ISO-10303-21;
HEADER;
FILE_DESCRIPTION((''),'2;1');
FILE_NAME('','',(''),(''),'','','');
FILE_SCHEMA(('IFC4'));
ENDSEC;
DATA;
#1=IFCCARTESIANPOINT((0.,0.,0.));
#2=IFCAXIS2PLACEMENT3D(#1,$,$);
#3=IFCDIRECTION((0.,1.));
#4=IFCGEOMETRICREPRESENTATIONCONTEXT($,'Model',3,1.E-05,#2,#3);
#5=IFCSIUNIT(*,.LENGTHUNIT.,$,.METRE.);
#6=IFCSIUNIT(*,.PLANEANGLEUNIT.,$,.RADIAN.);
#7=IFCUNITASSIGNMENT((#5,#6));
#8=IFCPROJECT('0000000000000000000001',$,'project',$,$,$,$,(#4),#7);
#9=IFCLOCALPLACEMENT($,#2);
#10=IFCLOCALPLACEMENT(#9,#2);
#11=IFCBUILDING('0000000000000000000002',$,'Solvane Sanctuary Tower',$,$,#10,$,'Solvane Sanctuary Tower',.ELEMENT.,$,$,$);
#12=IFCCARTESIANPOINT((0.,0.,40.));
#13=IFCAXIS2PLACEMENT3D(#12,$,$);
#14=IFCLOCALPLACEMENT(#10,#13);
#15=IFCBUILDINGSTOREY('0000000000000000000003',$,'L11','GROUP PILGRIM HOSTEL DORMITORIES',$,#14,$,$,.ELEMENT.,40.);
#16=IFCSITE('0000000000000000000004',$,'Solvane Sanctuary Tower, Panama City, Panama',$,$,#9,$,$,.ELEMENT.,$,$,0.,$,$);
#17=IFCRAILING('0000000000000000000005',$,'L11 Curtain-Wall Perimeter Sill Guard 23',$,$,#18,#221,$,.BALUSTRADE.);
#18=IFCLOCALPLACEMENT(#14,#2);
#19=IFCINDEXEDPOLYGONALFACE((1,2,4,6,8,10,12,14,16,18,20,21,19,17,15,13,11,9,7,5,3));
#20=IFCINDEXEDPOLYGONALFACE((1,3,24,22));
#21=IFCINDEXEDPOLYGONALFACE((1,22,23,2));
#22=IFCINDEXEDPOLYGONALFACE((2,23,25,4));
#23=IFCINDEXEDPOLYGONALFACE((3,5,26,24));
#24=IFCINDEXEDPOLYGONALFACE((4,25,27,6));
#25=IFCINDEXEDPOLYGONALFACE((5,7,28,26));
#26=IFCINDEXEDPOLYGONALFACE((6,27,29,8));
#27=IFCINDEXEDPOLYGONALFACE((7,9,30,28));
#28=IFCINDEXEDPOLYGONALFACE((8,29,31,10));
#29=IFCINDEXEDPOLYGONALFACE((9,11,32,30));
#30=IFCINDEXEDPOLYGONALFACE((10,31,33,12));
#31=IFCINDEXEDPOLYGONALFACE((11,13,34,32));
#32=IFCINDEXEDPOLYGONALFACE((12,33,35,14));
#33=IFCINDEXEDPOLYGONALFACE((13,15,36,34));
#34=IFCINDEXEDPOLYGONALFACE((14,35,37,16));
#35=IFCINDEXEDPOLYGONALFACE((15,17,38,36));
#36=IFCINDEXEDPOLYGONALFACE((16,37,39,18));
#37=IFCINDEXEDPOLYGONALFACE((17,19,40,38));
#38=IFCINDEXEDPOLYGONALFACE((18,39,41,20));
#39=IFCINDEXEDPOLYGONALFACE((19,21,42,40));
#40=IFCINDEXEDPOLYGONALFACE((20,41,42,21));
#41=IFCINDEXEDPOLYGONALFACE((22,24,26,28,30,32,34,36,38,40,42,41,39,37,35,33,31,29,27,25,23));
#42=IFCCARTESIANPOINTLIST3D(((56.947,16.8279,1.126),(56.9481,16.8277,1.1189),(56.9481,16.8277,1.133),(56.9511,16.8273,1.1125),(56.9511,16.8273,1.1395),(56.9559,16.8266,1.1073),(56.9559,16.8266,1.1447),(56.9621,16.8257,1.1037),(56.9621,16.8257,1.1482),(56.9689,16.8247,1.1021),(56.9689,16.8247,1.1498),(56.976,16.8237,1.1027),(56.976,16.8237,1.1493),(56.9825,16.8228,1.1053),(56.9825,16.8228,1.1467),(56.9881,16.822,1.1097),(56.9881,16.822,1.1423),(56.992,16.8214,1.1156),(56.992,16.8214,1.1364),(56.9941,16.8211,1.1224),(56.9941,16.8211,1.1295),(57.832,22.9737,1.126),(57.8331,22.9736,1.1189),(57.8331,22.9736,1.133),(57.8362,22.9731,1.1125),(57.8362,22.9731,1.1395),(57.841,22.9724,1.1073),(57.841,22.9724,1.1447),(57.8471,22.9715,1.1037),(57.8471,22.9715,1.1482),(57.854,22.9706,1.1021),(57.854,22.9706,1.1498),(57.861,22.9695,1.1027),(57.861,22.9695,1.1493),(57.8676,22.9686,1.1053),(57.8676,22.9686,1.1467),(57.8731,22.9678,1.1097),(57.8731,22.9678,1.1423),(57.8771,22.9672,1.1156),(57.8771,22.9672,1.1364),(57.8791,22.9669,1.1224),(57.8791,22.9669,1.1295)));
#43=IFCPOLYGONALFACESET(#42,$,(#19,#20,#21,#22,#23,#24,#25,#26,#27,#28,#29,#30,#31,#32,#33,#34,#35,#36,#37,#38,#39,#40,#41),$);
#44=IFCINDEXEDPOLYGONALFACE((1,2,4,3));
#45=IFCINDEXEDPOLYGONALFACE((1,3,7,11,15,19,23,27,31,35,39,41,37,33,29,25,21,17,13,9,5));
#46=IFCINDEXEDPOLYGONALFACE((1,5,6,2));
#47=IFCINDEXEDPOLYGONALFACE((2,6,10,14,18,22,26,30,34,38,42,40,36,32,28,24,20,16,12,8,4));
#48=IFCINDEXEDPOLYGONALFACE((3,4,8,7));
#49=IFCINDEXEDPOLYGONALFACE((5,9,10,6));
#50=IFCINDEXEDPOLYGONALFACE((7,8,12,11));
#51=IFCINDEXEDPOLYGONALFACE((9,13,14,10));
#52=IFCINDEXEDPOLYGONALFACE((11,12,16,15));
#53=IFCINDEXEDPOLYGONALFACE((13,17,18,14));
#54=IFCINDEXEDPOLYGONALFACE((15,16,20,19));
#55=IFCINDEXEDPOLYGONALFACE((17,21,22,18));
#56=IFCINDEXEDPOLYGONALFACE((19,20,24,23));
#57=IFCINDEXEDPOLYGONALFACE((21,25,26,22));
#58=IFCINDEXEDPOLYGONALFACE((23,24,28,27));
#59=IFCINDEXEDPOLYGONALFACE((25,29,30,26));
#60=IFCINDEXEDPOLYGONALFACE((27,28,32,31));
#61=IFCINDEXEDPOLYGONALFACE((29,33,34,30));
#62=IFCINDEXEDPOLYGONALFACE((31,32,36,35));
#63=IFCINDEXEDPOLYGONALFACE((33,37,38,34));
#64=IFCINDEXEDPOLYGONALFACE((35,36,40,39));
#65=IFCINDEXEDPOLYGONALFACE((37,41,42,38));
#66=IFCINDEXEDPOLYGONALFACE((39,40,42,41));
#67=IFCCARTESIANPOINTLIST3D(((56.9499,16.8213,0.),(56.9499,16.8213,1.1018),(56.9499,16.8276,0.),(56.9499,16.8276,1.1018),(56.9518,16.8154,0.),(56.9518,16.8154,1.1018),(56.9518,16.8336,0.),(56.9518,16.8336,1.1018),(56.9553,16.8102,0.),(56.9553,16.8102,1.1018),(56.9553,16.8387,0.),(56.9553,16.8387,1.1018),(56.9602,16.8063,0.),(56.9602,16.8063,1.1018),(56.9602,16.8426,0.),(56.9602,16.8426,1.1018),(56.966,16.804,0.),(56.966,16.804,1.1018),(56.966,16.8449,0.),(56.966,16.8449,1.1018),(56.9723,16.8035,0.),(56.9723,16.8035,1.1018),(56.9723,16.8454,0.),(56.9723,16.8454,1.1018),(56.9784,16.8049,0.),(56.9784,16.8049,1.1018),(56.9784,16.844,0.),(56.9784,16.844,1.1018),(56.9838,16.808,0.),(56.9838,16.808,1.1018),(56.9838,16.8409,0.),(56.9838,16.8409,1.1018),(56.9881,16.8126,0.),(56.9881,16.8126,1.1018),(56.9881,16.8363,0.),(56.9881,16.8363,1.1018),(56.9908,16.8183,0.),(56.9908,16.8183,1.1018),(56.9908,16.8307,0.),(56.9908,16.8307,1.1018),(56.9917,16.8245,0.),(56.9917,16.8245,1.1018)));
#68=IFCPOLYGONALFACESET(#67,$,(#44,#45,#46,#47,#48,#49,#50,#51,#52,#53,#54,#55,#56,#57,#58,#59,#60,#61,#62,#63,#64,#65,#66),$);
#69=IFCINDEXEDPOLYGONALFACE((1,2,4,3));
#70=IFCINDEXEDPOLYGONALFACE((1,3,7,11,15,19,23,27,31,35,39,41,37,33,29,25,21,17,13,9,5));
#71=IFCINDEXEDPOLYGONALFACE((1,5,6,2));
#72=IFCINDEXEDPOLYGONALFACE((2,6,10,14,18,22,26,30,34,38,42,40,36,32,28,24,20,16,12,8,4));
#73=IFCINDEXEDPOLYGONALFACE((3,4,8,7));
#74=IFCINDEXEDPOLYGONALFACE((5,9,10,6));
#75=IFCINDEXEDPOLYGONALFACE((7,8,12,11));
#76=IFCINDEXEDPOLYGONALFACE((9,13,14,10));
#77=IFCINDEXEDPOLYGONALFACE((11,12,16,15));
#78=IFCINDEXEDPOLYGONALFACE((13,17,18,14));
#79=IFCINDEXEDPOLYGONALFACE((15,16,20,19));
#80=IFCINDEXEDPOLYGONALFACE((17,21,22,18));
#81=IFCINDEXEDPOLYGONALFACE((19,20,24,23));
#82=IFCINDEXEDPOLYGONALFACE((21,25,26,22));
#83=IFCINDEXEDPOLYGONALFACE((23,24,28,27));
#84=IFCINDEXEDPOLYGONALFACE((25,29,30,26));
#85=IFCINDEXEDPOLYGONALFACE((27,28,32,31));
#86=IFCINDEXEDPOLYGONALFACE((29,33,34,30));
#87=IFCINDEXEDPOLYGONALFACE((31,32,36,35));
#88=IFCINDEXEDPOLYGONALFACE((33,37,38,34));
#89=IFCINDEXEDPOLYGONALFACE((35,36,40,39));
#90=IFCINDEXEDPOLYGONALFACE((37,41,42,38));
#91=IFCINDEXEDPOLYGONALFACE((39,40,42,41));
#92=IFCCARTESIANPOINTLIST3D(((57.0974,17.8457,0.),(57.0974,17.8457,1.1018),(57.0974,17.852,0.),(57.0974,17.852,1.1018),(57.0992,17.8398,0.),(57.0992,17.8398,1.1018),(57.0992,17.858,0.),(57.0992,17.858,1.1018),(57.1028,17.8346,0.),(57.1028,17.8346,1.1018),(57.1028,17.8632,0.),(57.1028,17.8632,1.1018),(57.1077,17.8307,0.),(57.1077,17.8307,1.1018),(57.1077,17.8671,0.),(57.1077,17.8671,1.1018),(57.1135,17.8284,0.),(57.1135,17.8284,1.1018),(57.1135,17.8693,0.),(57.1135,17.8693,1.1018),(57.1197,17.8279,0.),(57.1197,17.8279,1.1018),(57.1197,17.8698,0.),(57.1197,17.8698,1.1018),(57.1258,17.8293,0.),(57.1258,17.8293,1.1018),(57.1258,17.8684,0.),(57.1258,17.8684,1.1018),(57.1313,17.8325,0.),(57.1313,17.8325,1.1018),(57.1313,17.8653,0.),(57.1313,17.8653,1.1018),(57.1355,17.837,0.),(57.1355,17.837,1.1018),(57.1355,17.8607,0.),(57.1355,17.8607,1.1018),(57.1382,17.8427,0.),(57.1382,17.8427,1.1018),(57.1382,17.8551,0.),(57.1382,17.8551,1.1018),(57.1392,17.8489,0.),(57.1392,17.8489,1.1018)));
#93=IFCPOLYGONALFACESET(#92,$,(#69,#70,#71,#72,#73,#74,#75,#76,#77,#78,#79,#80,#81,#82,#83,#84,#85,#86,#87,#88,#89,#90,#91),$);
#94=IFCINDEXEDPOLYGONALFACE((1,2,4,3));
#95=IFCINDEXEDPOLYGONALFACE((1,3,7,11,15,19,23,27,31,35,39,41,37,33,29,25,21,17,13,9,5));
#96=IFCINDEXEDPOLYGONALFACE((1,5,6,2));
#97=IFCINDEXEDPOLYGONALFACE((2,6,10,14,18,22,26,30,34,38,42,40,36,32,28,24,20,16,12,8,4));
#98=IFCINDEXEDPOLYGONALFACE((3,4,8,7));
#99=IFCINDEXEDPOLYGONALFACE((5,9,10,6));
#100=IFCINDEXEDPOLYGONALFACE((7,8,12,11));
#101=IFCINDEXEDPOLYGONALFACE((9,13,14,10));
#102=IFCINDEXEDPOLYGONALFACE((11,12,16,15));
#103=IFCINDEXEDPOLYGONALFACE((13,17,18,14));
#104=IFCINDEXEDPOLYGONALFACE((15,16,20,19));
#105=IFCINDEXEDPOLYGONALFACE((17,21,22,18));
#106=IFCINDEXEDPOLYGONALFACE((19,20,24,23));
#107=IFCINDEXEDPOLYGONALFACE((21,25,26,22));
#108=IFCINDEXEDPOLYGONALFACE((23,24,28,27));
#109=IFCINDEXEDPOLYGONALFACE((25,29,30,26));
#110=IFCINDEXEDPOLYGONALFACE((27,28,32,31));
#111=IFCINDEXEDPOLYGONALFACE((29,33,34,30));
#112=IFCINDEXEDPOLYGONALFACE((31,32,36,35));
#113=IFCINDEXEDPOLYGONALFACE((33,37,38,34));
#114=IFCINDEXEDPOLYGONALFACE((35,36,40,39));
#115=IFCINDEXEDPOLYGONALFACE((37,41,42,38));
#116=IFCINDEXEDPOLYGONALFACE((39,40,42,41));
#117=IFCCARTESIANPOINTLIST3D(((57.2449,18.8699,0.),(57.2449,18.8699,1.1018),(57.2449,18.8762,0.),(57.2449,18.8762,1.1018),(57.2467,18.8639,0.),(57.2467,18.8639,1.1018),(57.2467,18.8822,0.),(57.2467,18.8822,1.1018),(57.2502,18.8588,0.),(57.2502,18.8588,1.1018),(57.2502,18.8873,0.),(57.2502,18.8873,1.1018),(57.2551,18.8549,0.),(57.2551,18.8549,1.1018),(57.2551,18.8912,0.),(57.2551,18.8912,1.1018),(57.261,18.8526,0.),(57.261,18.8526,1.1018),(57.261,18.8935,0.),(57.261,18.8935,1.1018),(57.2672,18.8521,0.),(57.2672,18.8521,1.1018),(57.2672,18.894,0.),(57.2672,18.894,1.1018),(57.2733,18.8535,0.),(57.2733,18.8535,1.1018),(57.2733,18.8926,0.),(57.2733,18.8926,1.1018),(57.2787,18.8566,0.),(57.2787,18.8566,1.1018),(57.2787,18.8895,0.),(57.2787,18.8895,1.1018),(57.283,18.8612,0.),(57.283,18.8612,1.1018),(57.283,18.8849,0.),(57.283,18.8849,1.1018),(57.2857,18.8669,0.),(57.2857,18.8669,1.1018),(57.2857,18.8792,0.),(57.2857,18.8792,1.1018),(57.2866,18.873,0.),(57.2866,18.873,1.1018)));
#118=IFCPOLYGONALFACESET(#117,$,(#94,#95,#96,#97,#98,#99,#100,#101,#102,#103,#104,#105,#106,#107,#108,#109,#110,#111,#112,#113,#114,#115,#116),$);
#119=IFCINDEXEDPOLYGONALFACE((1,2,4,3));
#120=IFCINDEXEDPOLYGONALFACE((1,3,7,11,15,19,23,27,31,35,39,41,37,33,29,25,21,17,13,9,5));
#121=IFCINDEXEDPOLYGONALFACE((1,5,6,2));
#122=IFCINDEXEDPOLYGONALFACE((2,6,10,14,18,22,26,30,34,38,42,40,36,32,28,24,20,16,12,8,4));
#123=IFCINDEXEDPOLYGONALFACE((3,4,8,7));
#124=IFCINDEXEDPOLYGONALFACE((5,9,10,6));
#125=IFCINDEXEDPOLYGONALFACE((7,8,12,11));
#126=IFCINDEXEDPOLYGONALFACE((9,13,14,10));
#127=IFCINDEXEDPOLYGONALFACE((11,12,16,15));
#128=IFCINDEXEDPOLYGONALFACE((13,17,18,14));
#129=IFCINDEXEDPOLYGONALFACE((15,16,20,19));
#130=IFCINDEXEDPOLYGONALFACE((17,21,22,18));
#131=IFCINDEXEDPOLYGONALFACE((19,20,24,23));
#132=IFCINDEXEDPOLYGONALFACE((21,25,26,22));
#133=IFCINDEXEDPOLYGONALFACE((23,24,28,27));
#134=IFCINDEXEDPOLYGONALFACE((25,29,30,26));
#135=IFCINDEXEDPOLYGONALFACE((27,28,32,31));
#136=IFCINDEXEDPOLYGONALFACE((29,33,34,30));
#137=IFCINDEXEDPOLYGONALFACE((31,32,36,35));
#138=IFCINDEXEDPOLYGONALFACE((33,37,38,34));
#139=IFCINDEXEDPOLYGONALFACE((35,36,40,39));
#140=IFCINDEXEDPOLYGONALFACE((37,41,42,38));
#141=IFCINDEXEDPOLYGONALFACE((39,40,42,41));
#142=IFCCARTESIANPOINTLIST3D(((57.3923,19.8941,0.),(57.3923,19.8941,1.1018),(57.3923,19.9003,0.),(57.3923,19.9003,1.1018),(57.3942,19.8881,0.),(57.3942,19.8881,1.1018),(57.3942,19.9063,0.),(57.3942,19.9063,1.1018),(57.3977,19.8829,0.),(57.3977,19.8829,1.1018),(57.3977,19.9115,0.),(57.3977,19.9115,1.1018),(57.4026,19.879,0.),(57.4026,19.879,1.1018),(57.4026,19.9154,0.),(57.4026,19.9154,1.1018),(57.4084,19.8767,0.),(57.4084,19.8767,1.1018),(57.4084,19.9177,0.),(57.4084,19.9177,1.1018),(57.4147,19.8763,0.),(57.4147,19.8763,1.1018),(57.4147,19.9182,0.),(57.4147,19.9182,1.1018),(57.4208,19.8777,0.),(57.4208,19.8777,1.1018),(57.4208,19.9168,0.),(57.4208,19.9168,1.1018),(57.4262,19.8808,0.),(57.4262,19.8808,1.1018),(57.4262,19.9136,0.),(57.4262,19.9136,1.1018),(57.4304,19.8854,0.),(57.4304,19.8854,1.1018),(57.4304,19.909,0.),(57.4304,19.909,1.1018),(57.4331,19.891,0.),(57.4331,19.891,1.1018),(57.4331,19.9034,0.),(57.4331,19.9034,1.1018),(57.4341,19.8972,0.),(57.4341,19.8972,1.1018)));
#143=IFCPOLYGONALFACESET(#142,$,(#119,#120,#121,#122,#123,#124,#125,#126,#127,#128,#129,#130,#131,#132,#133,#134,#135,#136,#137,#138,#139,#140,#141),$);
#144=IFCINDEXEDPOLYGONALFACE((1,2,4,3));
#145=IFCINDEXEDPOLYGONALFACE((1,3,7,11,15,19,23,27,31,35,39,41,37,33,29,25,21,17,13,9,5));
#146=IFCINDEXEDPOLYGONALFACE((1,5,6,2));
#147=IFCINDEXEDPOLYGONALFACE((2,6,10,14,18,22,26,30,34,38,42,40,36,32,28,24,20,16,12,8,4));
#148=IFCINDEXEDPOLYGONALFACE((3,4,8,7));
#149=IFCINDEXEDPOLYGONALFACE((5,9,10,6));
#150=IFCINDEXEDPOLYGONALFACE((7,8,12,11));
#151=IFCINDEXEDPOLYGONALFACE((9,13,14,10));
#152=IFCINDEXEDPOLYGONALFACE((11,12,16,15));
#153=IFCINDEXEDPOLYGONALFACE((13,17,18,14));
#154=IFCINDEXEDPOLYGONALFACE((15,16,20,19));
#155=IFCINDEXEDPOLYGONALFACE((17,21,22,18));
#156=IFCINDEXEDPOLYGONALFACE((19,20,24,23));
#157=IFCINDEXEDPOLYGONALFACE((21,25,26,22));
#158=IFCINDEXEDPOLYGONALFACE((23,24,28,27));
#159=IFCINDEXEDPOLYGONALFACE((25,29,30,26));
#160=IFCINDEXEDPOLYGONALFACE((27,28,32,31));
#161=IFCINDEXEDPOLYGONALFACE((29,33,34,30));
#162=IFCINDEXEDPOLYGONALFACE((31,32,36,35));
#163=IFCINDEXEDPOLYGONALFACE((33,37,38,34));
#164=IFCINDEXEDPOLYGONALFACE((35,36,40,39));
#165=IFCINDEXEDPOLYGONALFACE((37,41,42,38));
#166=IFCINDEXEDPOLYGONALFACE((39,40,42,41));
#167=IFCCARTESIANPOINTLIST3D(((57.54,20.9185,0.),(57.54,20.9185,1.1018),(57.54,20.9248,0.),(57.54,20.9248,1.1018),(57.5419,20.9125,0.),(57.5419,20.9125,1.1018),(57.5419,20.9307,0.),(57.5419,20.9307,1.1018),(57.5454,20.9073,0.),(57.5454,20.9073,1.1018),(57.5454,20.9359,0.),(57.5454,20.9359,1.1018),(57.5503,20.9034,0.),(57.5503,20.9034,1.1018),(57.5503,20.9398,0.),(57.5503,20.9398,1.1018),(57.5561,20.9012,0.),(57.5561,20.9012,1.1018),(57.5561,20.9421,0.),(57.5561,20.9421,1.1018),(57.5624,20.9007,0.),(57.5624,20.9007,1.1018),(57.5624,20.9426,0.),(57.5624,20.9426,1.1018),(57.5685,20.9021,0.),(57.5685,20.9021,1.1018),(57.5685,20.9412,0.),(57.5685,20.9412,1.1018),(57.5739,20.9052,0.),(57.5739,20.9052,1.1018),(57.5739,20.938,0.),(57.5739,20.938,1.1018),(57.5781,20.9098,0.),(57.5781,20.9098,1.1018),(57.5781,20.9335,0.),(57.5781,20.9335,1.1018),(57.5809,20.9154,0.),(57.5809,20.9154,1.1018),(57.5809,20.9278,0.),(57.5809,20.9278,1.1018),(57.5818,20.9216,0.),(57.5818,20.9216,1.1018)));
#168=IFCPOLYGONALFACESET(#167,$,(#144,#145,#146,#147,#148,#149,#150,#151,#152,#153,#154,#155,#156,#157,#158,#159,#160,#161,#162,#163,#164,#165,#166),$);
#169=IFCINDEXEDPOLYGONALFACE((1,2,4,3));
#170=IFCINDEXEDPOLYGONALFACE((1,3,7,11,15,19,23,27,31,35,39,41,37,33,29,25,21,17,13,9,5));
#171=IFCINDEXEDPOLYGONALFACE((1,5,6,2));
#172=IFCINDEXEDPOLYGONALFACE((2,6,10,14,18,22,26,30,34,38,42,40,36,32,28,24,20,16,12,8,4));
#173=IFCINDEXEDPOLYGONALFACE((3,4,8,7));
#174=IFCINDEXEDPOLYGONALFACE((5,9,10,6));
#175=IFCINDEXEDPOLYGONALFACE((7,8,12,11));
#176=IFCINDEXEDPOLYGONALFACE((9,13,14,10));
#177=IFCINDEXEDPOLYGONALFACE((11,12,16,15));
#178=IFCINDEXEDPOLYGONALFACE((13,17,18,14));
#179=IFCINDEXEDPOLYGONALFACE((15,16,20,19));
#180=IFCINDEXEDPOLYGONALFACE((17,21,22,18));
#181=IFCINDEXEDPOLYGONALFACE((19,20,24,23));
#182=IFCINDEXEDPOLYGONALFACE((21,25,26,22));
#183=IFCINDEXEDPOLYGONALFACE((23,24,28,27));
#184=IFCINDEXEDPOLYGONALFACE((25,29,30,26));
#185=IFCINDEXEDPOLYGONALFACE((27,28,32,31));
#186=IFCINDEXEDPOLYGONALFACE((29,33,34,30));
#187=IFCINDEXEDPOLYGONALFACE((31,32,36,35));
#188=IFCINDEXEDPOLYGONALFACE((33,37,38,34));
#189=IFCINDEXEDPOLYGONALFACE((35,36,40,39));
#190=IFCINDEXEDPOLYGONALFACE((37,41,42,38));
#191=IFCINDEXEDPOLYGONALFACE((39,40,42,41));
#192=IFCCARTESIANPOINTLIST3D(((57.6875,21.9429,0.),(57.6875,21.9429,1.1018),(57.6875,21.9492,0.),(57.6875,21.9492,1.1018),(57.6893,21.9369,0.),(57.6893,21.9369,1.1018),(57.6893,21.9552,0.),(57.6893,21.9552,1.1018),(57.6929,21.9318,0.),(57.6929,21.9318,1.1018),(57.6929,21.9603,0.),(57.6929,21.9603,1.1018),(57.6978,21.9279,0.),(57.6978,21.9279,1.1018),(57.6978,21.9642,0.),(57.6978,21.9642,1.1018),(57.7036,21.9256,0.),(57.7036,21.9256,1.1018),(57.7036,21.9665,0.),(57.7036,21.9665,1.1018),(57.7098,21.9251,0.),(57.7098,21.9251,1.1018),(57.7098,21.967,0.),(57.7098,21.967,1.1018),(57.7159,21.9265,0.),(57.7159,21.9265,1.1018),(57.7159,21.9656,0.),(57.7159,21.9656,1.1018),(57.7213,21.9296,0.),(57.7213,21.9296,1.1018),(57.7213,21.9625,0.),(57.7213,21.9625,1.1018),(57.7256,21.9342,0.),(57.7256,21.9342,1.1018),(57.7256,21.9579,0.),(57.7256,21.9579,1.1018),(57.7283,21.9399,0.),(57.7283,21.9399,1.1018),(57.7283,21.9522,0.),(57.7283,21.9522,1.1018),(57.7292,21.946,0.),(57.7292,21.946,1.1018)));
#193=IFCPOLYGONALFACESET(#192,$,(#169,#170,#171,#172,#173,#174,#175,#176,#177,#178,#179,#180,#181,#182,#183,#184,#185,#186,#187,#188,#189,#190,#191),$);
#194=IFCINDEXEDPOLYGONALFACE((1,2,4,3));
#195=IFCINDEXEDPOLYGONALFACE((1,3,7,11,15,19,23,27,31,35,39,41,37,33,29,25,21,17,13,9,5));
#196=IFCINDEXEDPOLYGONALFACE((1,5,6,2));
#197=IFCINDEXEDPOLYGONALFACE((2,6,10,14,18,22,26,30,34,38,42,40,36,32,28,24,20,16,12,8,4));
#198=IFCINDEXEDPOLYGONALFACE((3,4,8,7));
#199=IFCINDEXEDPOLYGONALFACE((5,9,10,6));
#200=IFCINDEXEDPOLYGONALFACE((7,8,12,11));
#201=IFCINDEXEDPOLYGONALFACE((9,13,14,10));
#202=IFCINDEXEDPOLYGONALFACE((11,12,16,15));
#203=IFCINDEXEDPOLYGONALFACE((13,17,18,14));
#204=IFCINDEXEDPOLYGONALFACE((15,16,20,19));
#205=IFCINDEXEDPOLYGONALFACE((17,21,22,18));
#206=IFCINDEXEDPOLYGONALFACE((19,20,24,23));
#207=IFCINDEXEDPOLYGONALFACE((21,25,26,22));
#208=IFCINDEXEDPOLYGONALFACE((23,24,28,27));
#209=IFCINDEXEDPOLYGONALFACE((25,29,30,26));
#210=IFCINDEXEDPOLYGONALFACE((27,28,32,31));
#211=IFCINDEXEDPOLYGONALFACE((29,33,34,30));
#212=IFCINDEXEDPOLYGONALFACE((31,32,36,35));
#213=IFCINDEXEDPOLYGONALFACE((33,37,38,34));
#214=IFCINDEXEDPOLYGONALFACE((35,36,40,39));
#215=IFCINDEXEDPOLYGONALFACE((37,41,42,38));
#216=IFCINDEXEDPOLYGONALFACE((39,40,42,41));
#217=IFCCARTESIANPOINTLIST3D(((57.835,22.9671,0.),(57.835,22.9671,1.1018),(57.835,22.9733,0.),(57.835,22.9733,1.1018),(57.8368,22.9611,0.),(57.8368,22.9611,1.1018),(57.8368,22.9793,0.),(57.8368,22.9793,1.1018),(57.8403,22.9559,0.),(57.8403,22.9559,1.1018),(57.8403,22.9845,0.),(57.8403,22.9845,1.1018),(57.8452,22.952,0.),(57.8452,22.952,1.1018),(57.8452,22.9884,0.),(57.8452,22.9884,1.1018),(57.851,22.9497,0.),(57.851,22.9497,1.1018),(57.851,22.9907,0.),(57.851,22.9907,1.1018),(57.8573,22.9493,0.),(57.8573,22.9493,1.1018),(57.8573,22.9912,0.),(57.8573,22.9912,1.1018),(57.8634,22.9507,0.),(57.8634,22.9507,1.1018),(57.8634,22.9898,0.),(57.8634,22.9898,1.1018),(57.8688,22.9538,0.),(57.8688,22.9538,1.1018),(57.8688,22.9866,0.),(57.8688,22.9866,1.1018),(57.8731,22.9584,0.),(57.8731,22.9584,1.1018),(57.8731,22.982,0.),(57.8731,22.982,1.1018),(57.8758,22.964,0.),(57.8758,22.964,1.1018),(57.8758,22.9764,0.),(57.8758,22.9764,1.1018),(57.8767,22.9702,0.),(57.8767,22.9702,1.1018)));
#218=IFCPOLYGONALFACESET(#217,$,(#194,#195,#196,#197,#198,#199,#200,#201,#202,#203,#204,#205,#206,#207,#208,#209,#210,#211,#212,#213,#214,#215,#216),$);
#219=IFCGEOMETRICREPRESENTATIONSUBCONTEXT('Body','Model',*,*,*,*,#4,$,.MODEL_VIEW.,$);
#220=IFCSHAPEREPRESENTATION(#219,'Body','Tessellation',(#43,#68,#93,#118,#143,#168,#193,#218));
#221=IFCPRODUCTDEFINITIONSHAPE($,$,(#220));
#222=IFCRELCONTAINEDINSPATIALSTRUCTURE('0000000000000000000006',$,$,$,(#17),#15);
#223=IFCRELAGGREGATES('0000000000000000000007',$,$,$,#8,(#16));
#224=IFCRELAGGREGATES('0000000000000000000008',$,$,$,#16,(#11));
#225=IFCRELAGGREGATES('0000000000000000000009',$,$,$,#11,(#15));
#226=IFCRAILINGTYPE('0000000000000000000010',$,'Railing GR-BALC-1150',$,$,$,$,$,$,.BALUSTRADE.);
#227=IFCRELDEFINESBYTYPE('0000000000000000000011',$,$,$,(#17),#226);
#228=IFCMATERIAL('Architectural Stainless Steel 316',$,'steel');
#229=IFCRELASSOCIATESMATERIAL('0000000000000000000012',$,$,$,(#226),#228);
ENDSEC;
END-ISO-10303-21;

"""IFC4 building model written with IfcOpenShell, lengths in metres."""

from ifc_helpers import new_model, si_unit, direction, frame, origin, origin_2d, place, context, subcontext, project, spatial, circle, extrude, material, type_object, element, save


model = new_model("IFC4")

# Units and contexts
model_context = context("Model", 3, precision=1e-05, world=origin(), true_north=direction((0.0, 1.0)))
body_context = subcontext(model_context, "Body", "Model", "MODEL_VIEW")
ifc_project = project(units=[si_unit("LENGTHUNIT", "METRE"), si_unit("PLANEANGLEUNIT", "RADIAN")], contexts=[model_context])

# Site, building, storey
site_placement = place(None, origin())
site = spatial("IfcSite", under=ifc_project, at=site_placement, Name="Solvane Sanctuary Tower, Panama City, Panama", CompositionType="ELEMENT", RefElevation=0.0)
building_placement = place(site_placement, origin())
building = spatial("IfcBuilding", under=site, at=building_placement, Name="Solvane Sanctuary Tower", LongName="Solvane Sanctuary Tower", CompositionType="ELEMENT")
storey_placement = place(building_placement, frame((0.0, 0.0, 40.0)))
storey = spatial("IfcBuildingStorey", under=building, at=storey_placement, Name="L11", Description="GROUP PILGRIM HOSTEL DORMITORIES", CompositionType="ELEMENT", Elevation=40.0)

# Railing
ifc_material_1 = material(Name="Architectural Stainless Steel 316", Category="steel")
railing_type = type_object("IfcRailingType", Name="Railing GR-BALC-1150", PredefinedType="BALUSTRADE", material=ifc_material_1)
railing_1_placement = place(storey_placement, frame((56.9707, 16.8245, 0.0)))
element("IfcRailing", 1, at=railing_1_placement, inside=storey, type_object=railing_type, Name="L11 Curtain-Wall Perimeter Sill Guard 23", PredefinedType="BALUSTRADE", context=body_context, shape_type="SweptSolid", body=[
    extrude(circle(Radius=0.0239, at=origin_2d()), frame((0.0, 0.0, 1.126), z_axis=(0.142533, 0.98979, 0.0), x_axis=(-0.98979, 0.142533, 0.0)), (0.0, 0.0, 1.0), 6.2092),
    extrude(circle(Radius=0.021, at=origin_2d()), origin(), (0.0, 0.0, 1.0), 1.1018),
    extrude(circle(Radius=0.021, at=origin_2d()), frame((0.1475, 1.0244, 0.0)), (0.0, 0.0, 1.0), 1.1018),
    extrude(circle(Radius=0.021, at=origin_2d()), frame((0.2949, 2.0486, 0.0)), (0.0, 0.0, 1.0), 1.1018),
    extrude(circle(Radius=0.021, at=origin_2d()), frame((0.4424, 3.0728, 0.0)), (0.0, 0.0, 1.0), 1.1018),
    extrude(circle(Radius=0.021, at=origin_2d()), frame((0.5901, 4.0972, 0.0)), (0.0, 0.0, 1.0), 1.1018),
    extrude(circle(Radius=0.021, at=origin_2d()), frame((0.7375, 5.1216, 0.0)), (0.0, 0.0, 1.0), 1.1018),
    extrude(circle(Radius=0.021, at=origin_2d()), frame((0.885, 6.1458, 0.0)), (0.0, 0.0, 1.0), 1.1018),
])

save(model, "model.ifc")
